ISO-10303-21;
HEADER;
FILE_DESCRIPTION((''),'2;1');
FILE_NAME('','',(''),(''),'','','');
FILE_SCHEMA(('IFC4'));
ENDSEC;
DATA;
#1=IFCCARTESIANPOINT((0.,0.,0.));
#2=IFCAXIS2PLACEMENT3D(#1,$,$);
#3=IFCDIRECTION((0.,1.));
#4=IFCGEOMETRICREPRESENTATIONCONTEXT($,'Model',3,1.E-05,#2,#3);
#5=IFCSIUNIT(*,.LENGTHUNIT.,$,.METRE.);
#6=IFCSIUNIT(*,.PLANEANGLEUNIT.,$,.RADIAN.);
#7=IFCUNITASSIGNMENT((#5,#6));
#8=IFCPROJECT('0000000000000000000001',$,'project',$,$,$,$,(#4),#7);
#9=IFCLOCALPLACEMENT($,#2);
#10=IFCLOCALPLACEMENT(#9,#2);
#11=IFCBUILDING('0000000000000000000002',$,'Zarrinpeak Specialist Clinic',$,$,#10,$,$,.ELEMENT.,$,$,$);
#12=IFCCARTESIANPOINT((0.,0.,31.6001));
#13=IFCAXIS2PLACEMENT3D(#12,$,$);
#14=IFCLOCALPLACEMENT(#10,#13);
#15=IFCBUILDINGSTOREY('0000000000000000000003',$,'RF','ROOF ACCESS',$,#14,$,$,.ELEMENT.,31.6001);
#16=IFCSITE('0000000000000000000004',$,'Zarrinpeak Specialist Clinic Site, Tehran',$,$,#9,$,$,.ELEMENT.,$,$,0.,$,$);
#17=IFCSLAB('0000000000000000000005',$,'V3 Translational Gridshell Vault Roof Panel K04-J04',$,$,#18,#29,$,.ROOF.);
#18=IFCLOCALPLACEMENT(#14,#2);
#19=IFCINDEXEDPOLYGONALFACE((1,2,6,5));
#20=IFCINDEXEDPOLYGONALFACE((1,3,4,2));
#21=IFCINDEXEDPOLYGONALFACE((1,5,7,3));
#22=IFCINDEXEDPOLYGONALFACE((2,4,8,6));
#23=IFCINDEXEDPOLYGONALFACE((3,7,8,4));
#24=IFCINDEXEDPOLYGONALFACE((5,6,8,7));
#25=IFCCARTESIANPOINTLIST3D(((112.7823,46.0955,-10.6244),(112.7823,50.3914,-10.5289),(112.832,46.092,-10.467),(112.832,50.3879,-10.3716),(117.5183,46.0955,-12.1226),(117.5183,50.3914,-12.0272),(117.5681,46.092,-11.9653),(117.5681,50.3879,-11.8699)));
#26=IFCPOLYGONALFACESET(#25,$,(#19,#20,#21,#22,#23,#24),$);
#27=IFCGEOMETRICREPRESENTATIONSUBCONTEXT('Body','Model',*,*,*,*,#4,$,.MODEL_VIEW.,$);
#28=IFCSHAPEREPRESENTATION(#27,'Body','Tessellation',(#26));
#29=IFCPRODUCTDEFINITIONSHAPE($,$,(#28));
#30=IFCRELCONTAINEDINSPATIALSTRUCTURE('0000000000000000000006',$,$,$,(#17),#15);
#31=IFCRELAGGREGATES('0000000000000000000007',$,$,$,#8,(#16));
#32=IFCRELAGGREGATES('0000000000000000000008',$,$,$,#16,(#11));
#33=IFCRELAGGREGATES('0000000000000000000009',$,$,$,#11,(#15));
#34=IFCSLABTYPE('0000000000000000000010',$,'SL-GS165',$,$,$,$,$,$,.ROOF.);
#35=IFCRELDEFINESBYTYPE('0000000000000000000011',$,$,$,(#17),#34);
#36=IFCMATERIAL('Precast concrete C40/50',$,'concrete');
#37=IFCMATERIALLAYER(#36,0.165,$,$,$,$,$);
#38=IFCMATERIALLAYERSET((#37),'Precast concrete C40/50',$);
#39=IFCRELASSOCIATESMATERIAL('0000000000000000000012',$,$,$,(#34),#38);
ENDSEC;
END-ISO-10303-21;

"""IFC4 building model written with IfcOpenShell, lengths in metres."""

from ifc_helpers import new_model, si_unit, direction, frame, origin, place, context, subcontext, project, spatial, polyline, outline, extrude, material, layer, layer_set, type_object, element, save


model = new_model("IFC4")

# Units and contexts
model_context = context("Model", 3, precision=1e-05, world=origin(), true_north=direction((0.0, 1.0)))
body_context = subcontext(model_context, "Body", "Model", "MODEL_VIEW")
ifc_project = project(units=[si_unit("LENGTHUNIT", "METRE"), si_unit("PLANEANGLEUNIT", "RADIAN")], contexts=[model_context])

# Site, building, storey
site_placement = place(None, origin())
site = spatial("IfcSite", under=ifc_project, at=site_placement, Name="Zarrinpeak Specialist Clinic Site, Tehran", CompositionType="ELEMENT", RefElevation=0.0)
building_placement = place(site_placement, origin())
building = spatial("IfcBuilding", under=site, at=building_placement, Name="Zarrinpeak Specialist Clinic", CompositionType="ELEMENT")
storey_placement = place(building_placement, frame((0.0, 0.0, 31.6001)))
storey = spatial("IfcBuildingStorey", under=building, at=storey_placement, Name="RF", Description="ROOF ACCESS", CompositionType="ELEMENT", Elevation=31.6001)

# Shared definitions
ifc_material_1 = material(Name="Precast concrete C40/50", Category="concrete")
ifc_layer_1 = layer(ifc_material_1, 0.165)
ifc_layer_set_1 = layer_set([ifc_layer_1], Name="Precast concrete C40/50")
slab_type = type_object("IfcSlabType", Name="SL-GS165", PredefinedType="ROOF", material=ifc_layer_set_1)

# Slab
slab_1_placement = place(storey_placement, frame((112.832, 46.092, -10.467), z_axis=(0.301555, -0.021181, 0.953213), x_axis=(0.953427, 0.0, -0.301623)))
element("IfcSlab", 1, at=slab_1_placement, inside=storey, type_object=slab_type, Name="V3 Translational Gridshell Vault Roof Panel K04-J04", PredefinedType="ROOF", context=body_context, shape_type="SweptSolid", body=[
    extrude(outline(polyline([(0.0, 0.0), (4.9674, 0.0), (4.9386, 4.2969), (-0.0288, 4.2969), (0.0, 0.0)])), origin(), (0.0, 0.0, -1.0), 0.165),
])

save(model, "model.ifc")
